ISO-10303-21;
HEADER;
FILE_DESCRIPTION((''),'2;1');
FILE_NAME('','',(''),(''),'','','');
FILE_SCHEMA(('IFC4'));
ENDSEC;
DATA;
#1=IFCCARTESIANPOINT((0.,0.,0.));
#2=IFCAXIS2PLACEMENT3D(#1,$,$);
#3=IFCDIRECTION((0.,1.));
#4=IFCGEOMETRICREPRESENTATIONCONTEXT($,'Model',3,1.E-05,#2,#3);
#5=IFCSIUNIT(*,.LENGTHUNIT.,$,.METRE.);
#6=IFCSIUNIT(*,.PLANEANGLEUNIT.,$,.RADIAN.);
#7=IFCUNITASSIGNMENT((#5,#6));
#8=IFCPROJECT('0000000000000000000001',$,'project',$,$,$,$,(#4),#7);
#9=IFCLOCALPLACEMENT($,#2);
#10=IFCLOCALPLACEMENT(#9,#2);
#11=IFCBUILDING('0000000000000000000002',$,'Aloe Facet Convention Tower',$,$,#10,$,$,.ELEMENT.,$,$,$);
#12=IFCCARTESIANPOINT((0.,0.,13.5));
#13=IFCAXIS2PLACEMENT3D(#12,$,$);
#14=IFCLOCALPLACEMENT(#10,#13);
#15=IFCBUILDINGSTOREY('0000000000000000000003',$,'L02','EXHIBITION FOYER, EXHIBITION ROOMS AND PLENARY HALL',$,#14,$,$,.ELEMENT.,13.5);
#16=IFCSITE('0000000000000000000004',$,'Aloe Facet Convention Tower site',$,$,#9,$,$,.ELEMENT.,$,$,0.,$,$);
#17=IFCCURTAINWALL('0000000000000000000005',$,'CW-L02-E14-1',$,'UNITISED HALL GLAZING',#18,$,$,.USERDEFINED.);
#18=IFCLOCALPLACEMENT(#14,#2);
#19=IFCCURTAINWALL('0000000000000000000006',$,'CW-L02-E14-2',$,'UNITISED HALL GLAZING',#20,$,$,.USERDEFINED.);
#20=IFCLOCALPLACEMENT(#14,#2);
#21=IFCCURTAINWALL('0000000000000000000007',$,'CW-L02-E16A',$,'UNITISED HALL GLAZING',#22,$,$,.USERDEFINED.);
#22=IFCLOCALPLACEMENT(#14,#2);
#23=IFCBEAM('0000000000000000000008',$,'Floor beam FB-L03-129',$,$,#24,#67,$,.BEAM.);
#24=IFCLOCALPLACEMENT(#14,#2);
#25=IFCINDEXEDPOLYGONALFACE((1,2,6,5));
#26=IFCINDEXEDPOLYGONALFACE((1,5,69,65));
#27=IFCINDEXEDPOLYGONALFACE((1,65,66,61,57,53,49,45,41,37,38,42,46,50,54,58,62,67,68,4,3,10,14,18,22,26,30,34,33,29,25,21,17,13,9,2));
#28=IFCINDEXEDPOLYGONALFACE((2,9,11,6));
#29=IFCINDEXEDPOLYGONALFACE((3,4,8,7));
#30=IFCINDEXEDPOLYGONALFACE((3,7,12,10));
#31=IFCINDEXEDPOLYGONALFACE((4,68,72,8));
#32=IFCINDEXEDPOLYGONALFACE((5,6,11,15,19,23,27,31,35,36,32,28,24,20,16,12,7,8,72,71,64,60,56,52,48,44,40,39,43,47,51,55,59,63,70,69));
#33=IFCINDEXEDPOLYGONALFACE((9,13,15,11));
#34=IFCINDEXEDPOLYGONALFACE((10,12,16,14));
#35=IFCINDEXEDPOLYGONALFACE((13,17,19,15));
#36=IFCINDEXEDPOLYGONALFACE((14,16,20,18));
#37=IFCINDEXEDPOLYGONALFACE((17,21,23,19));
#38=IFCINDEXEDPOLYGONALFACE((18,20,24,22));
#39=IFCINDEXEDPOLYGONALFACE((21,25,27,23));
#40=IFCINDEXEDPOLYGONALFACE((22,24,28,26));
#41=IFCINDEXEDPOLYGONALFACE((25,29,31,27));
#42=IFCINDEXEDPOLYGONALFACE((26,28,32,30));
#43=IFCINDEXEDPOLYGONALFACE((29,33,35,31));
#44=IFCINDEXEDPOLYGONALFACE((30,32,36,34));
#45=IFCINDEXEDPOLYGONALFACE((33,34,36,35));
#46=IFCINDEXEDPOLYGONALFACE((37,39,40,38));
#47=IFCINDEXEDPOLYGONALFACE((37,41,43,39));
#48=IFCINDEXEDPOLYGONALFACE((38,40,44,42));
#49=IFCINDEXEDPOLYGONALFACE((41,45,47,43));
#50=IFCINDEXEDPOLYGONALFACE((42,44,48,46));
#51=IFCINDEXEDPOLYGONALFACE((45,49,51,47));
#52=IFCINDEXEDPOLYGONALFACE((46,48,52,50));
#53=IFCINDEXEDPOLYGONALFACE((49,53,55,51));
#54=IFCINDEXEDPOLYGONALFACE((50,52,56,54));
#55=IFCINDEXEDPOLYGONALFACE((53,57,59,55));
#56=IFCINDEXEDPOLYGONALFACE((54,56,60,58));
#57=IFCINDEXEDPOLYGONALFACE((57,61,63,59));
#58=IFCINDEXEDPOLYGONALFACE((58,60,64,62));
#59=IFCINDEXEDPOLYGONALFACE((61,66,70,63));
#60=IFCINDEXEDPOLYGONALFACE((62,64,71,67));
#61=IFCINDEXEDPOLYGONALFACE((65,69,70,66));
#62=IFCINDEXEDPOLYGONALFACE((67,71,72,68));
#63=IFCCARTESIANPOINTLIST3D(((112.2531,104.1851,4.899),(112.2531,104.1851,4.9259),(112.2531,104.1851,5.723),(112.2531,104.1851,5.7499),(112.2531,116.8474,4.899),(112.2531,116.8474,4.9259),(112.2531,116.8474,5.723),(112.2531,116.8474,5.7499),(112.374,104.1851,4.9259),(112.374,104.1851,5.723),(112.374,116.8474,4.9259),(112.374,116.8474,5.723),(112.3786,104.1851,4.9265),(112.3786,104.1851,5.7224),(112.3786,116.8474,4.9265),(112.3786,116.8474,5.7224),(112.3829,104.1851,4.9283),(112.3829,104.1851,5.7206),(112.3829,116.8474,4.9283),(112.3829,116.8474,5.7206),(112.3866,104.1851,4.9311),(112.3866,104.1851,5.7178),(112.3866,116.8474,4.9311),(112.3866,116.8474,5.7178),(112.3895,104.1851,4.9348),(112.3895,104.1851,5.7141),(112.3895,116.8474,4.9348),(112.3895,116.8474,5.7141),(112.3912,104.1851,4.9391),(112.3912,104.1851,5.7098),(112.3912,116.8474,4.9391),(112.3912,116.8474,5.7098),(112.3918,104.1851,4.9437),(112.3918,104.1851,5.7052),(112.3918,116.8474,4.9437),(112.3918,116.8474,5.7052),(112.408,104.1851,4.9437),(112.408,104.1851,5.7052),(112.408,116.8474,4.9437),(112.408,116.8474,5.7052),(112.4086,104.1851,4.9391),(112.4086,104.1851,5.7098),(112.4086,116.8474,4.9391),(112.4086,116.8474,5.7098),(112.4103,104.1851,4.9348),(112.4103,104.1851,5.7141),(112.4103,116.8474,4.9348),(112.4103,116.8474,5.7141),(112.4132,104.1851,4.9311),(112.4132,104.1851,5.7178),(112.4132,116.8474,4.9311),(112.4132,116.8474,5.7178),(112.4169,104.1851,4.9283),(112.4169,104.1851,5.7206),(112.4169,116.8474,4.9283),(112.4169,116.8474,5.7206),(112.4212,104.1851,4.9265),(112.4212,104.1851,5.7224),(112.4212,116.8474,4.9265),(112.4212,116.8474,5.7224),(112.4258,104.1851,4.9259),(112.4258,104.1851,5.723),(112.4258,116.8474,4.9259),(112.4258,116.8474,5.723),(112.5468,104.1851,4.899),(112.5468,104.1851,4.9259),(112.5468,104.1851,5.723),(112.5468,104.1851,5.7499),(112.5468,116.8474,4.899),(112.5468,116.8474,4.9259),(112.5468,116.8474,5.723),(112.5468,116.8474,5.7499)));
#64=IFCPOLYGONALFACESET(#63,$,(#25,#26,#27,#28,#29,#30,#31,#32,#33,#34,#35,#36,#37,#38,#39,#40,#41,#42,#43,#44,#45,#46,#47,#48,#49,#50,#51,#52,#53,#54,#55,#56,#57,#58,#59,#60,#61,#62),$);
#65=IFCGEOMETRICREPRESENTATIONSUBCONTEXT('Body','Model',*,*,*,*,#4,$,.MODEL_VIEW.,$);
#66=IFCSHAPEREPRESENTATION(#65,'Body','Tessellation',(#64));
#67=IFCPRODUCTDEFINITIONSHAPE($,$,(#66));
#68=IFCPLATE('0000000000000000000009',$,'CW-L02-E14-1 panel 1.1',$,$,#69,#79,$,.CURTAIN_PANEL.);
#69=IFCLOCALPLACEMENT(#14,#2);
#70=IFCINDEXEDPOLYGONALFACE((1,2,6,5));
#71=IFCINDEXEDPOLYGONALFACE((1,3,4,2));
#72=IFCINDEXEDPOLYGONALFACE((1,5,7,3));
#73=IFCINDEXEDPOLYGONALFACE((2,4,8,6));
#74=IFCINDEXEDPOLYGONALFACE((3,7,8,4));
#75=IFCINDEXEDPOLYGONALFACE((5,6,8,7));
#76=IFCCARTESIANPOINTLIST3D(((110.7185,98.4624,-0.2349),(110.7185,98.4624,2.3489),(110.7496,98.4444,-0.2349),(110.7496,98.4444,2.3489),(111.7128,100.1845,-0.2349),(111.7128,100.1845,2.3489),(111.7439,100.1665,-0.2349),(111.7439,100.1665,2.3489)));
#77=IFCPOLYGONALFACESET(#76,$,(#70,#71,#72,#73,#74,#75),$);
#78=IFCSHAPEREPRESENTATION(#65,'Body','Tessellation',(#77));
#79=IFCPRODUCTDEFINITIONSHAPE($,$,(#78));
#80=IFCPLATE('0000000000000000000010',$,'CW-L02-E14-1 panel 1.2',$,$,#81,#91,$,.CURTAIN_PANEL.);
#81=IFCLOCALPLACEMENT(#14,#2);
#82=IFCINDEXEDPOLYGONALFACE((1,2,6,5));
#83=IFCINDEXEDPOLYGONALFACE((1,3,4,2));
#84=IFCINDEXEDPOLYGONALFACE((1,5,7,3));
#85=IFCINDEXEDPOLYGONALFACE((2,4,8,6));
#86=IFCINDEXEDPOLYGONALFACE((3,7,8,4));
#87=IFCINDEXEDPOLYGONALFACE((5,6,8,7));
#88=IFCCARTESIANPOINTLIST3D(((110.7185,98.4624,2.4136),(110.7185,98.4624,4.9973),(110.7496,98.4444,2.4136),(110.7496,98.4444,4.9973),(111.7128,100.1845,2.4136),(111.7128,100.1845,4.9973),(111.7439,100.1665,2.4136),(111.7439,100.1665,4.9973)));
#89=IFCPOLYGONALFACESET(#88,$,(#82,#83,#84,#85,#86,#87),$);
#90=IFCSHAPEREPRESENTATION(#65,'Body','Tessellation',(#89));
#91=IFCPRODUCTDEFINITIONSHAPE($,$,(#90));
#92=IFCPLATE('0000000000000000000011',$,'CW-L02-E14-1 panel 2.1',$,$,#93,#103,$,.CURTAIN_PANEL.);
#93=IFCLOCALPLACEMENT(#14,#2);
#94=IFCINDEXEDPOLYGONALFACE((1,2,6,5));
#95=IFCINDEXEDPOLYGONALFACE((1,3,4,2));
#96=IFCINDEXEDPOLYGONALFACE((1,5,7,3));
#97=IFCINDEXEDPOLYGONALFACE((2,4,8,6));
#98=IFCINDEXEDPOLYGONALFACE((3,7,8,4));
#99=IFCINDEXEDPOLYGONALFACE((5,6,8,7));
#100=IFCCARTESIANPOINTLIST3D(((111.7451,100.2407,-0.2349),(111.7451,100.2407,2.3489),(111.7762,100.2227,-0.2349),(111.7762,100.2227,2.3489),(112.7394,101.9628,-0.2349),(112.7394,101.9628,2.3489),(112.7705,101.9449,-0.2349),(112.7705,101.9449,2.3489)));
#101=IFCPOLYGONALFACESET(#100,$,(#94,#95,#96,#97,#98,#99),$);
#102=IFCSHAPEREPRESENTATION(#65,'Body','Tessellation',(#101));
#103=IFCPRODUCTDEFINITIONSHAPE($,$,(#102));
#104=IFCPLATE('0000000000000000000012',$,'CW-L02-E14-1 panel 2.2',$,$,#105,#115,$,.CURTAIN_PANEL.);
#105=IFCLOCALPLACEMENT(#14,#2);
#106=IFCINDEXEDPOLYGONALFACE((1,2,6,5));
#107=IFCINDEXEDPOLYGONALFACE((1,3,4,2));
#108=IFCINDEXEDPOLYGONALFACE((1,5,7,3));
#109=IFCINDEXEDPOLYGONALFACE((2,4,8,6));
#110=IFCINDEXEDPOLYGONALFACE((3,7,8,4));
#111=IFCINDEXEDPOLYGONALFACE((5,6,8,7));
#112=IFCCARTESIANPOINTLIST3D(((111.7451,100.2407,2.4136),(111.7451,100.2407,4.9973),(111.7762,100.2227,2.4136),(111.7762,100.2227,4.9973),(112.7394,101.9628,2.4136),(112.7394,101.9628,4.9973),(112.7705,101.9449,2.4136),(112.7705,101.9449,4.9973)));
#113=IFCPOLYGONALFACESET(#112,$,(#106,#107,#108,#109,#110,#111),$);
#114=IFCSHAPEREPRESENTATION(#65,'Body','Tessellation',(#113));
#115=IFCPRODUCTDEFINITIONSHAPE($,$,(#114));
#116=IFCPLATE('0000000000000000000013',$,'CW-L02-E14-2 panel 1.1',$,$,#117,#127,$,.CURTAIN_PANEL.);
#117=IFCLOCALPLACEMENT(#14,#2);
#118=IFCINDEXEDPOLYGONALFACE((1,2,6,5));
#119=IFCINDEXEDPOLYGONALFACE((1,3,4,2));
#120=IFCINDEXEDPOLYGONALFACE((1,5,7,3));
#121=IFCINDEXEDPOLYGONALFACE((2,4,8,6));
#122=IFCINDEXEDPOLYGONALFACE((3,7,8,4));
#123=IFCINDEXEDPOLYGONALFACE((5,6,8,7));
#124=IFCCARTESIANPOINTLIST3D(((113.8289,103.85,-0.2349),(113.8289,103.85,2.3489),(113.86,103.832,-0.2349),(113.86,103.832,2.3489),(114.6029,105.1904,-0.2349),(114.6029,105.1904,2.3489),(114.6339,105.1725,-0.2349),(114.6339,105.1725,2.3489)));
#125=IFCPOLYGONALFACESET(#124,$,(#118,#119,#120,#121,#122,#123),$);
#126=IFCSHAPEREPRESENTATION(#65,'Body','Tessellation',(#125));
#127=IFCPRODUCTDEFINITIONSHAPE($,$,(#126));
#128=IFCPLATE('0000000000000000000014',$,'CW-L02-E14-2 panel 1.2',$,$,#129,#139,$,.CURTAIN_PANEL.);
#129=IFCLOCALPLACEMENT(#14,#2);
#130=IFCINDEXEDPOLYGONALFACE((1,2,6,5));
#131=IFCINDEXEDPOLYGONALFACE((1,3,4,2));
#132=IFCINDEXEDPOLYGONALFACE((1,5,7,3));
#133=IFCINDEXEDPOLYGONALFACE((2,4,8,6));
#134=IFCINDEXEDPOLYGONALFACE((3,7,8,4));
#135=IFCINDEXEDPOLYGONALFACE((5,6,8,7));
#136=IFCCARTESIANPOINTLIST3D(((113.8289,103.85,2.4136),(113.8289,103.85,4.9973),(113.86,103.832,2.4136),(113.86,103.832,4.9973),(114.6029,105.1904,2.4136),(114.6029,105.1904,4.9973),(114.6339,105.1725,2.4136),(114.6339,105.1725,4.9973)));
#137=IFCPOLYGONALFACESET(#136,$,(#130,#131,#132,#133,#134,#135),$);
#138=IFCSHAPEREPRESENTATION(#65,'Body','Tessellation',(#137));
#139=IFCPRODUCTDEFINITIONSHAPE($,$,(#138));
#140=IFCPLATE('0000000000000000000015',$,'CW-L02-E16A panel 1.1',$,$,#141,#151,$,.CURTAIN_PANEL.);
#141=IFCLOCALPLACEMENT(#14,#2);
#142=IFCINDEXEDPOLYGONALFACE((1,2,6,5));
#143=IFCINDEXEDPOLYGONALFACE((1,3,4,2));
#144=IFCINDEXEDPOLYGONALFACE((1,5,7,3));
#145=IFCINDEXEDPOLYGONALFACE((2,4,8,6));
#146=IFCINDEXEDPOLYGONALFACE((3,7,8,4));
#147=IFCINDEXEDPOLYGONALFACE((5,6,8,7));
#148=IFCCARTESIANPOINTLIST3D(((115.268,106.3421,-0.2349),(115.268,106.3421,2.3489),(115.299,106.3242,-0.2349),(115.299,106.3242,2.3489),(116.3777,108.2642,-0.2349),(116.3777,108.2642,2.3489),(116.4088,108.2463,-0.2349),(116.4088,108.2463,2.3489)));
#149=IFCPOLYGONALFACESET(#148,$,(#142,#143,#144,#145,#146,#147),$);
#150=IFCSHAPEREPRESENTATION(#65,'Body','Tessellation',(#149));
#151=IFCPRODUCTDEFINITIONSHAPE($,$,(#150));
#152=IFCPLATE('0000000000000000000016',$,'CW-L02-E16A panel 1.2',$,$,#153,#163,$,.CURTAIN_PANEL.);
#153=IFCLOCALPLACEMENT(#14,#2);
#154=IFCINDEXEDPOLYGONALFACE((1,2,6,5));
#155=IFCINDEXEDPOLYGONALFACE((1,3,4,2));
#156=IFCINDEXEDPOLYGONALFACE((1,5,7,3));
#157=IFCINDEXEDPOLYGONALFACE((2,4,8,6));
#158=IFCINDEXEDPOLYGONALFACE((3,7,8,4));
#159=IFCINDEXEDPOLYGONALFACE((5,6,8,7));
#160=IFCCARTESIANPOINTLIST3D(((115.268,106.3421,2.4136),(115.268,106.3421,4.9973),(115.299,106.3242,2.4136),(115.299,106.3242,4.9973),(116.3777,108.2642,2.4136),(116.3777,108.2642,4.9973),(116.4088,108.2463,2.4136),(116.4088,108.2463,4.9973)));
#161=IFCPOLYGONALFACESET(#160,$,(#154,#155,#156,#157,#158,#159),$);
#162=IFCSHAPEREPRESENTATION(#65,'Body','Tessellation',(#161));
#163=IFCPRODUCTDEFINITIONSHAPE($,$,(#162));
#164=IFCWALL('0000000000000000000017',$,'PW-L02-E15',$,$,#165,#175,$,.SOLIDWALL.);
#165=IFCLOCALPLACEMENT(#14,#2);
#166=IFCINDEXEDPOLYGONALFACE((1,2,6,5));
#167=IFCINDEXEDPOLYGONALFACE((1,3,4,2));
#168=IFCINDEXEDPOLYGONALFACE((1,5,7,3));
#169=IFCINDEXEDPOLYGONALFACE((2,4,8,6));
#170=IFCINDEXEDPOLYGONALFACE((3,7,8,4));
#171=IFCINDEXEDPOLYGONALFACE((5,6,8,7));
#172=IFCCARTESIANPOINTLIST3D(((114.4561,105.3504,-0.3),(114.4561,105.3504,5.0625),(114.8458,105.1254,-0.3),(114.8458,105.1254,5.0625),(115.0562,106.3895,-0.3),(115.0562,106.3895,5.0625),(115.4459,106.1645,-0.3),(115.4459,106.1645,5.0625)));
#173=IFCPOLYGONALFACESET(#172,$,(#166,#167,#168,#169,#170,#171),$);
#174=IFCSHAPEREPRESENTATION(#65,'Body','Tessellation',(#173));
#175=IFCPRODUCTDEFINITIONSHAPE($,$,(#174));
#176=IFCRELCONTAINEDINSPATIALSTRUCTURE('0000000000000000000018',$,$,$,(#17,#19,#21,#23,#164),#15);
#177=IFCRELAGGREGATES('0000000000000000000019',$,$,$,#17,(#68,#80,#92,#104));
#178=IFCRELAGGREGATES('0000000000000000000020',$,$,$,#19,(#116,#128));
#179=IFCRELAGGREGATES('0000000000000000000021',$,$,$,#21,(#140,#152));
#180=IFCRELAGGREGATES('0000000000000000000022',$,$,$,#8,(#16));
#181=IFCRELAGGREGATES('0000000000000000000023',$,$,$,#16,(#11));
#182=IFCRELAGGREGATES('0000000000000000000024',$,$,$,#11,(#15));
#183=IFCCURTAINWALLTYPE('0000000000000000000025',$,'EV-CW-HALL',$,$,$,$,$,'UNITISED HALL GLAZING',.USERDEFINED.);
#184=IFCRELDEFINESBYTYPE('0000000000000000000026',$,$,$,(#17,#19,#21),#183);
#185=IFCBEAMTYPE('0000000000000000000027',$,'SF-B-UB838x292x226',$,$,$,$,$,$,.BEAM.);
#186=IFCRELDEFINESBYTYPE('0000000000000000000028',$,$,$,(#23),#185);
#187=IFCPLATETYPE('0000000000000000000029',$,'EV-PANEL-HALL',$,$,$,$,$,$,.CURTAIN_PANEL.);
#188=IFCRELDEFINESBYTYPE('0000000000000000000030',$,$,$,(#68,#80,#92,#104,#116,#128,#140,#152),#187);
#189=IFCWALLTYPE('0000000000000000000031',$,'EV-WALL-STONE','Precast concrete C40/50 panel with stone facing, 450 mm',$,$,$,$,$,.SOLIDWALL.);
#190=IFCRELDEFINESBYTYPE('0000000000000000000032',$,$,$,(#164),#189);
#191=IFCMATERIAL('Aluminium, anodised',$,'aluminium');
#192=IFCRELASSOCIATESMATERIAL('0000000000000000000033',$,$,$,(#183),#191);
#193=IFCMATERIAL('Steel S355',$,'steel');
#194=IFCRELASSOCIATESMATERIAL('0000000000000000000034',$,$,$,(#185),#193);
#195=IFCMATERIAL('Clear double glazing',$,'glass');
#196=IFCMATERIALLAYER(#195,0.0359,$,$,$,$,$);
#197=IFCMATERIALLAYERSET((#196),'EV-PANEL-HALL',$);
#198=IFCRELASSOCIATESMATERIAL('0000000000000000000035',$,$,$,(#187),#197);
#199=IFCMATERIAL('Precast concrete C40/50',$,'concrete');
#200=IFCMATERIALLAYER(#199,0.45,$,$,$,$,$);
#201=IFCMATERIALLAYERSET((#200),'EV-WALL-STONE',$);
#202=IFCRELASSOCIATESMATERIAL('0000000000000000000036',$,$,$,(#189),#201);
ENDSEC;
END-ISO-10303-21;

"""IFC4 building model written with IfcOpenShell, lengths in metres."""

from ifc_helpers import new_model, si_unit, direction, frame, frame_2d, origin, origin_2d, place, context, subcontext, project, spatial, rectangle, i_section, extrude, material, layer, layer_set, material_profile, profile_set, type_object, element, aggregate, save


model = new_model("IFC4")

# Units and contexts
model_context = context("Model", 3, precision=1e-05, world=origin(), true_north=direction((0.0, 1.0)))
body_context = subcontext(model_context, "Body", "Model", "MODEL_VIEW")
ifc_project = project(units=[si_unit("LENGTHUNIT", "METRE"), si_unit("PLANEANGLEUNIT", "RADIAN")], contexts=[model_context])

# Site, building, storey
site_placement = place(None, origin())
site = spatial("IfcSite", under=ifc_project, at=site_placement, Name="Aloe Facet Convention Tower site", CompositionType="ELEMENT", RefElevation=0.0)
building_placement = place(site_placement, origin())
building = spatial("IfcBuilding", under=site, at=building_placement, Name="Aloe Facet Convention Tower", CompositionType="ELEMENT")
storey_placement = place(building_placement, frame((0.0, 0.0, 13.5)))
storey = spatial("IfcBuildingStorey", under=building, at=storey_placement, Name="L02", Description="EXHIBITION FOYER, EXHIBITION ROOMS AND PLENARY HALL", CompositionType="ELEMENT", Elevation=13.5)

# Curtain walls
ifc_material_1 = material(Name="Aluminium, anodised", Category="aluminium")
curtain_wall_type = type_object("IfcCurtainWallType", Name="EV-CW-HALL", ElementType="UNITISED HALL GLAZING", PredefinedType="USERDEFINED", material=ifc_material_1)
curtain_wall_1_placement = place(storey_placement, origin())
curtain_wall_1 = element("IfcCurtainWall", 1, at=curtain_wall_1_placement, inside=storey, type_object=curtain_wall_type, Name="CW-L02-E14-1", ObjectType="UNITISED HALL GLAZING", PredefinedType="USERDEFINED")
curtain_wall_2_placement = place(storey_placement, origin())
curtain_wall_2 = element("IfcCurtainWall", 2, at=curtain_wall_2_placement, inside=storey, type_object=curtain_wall_type, Name="CW-L02-E14-2", ObjectType="UNITISED HALL GLAZING", PredefinedType="USERDEFINED")

# Curtain wall
curtain_wall_3_placement = place(storey_placement, origin())
curtain_wall_3 = element("IfcCurtainWall", 3, at=curtain_wall_3_placement, inside=storey, type_object=curtain_wall_type, Name="CW-L02-E16A", ObjectType="UNITISED HALL GLAZING", PredefinedType="USERDEFINED")

# Beam
ifc_material_2 = material(Name="Steel S355", Category="steel")
ifc_material_profile_1 = material_profile(ifc_material_2, i_section(OverallWidth=0.2937, OverallDepth=0.8508, WebThickness=0.0161, FlangeThickness=0.0269, FilletRadius=0.0178, at=origin_2d()), Name="UB 838x292x226")
ifc_profile_set_1 = profile_set([ifc_material_profile_1], Name="Steel S355")
beam_type_1 = type_object("IfcBeamType", Name="SF-B-UB838x292x226", PredefinedType="BEAM", material=ifc_profile_set_1)
beam_1_placement = place(storey_placement, frame((112.3999, 104.1851, 5.3245), z_axis=(0.0, 1.0, 0.0), x_axis=(-1.0, 0.0, 0.0)))
element("IfcBeam", 4, at=beam_1_placement, inside=storey, type_object=beam_type_1, Name="Floor beam FB-L03-129", PredefinedType="BEAM", context=body_context, shape_type="SweptSolid", body=[
    extrude(i_section(OverallWidth=0.2937, OverallDepth=0.8508, WebThickness=0.0161, FlangeThickness=0.0269, FilletRadius=0.0178, at=origin_2d()), origin(), (0.0, 0.0, 1.0), 12.6624),
])

# Plates
ifc_material_3 = material(Name="Clear double glazing", Category="glass")
ifc_layer_1 = layer(ifc_material_3, 0.0359)
ifc_layer_set_1 = layer_set([ifc_layer_1], Name="EV-PANEL-HALL")
plate_type = type_object("IfcPlateType", Name="EV-PANEL-HALL", PredefinedType="CURTAIN_PANEL", material=ifc_layer_set_1)
plate_1_placement = place(storey_placement, frame((111.2312, 99.3145, -0.2349), z_axis=(0.0, 0.0, 1.0), x_axis=(0.5, 0.866025, 0.0)))
plate_1 = element("IfcPlate", 5, at=plate_1_placement, type_object=plate_type, Name="CW-L02-E14-1 panel 1.1", PredefinedType="CURTAIN_PANEL", context=body_context, shape_type="SweptSolid", body=[
    extrude(rectangle(XDim=1.9885, YDim=0.0359, at=origin_2d()), origin(), (0.0, 0.0, 1.0), 2.5837),
])
plate_2_placement = place(storey_placement, frame((111.2312, 99.3145, 2.4136), z_axis=(0.0, 0.0, 1.0), x_axis=(0.5, 0.866025, 0.0)))
plate_2 = element("IfcPlate", 6, at=plate_2_placement, type_object=plate_type, Name="CW-L02-E14-1 panel 1.2", PredefinedType="CURTAIN_PANEL", context=body_context, shape_type="SweptSolid", body=[
    extrude(rectangle(XDim=1.9885, YDim=0.0359, at=origin_2d()), origin(), (0.0, 0.0, 1.0), 2.5837),
])
plate_3_placement = place(storey_placement, frame((112.2578, 101.0928, -0.2349), z_axis=(0.0, 0.0, 1.0), x_axis=(0.5, 0.866025, 0.0)))
plate_3 = element("IfcPlate", 7, at=plate_3_placement, type_object=plate_type, Name="CW-L02-E14-1 panel 2.1", PredefinedType="CURTAIN_PANEL", context=body_context, shape_type="SweptSolid", body=[
    extrude(rectangle(XDim=1.9885, YDim=0.0359, at=origin_2d()), origin(), (0.0, 0.0, 1.0), 2.5837),
])
plate_4_placement = place(storey_placement, frame((112.2578, 101.0928, 2.4136), z_axis=(0.0, 0.0, 1.0), x_axis=(0.5, 0.866025, 0.0)))
plate_4 = element("IfcPlate", 8, at=plate_4_placement, type_object=plate_type, Name="CW-L02-E14-1 panel 2.2", PredefinedType="CURTAIN_PANEL", context=body_context, shape_type="SweptSolid", body=[
    extrude(rectangle(XDim=1.9885, YDim=0.0359, at=origin_2d()), origin(), (0.0, 0.0, 1.0), 2.5837),
])
aggregate(curtain_wall_1, [plate_1, plate_2, plate_3, plate_4])
plate_5_placement = place(storey_placement, frame((114.2314, 104.5112, -0.2349), z_axis=(0.0, 0.0, 1.0), x_axis=(0.5, 0.866025, 0.0)))
plate_5 = element("IfcPlate", 9, at=plate_5_placement, type_object=plate_type, Name="CW-L02-E14-2 panel 1.1", PredefinedType="CURTAIN_PANEL", context=body_context, shape_type="SweptSolid", body=[
    extrude(rectangle(XDim=1.5479, YDim=0.0359, at=origin_2d()), origin(), (0.0, 0.0, 1.0), 2.5837),
])
plate_6_placement = place(storey_placement, frame((114.2314, 104.5112, 2.4136), z_axis=(0.0, 0.0, 1.0), x_axis=(0.5, 0.866025, 0.0)))
plate_6 = element("IfcPlate", 10, at=plate_6_placement, type_object=plate_type, Name="CW-L02-E14-2 panel 1.2", PredefinedType="CURTAIN_PANEL", context=body_context, shape_type="SweptSolid", body=[
    extrude(rectangle(XDim=1.5479, YDim=0.0359, at=origin_2d()), origin(), (0.0, 0.0, 1.0), 2.5837),
])
aggregate(curtain_wall_2, [plate_5, plate_6])
plate_7_placement = place(storey_placement, frame((115.8384, 107.2942, -0.2349), z_axis=(0.0, 0.0, 1.0), x_axis=(0.5, 0.866025, 0.0)))
plate_7 = element("IfcPlate", 11, at=plate_7_placement, type_object=plate_type, Name="CW-L02-E16A panel 1.1", PredefinedType="CURTAIN_PANEL", context=body_context, shape_type="SweptSolid", body=[
    extrude(rectangle(XDim=2.2195, YDim=0.0359, at=origin_2d()), origin(), (0.0, 0.0, 1.0), 2.5837),
])
plate_8_placement = place(storey_placement, frame((115.8384, 107.2942, 2.4136), z_axis=(0.0, 0.0, 1.0), x_axis=(0.5, 0.866025, 0.0)))
plate_8 = element("IfcPlate", 12, at=plate_8_placement, type_object=plate_type, Name="CW-L02-E16A panel 1.2", PredefinedType="CURTAIN_PANEL", context=body_context, shape_type="SweptSolid", body=[
    extrude(rectangle(XDim=2.2195, YDim=0.0359, at=origin_2d()), origin(), (0.0, 0.0, 1.0), 2.5837),
])
aggregate(curtain_wall_3, [plate_7, plate_8])

# Wall
ifc_material_4 = material(Name="Precast concrete C40/50", Category="concrete")
ifc_layer_2 = layer(ifc_material_4, 0.45)
ifc_layer_set_2 = layer_set([ifc_layer_2], Name="EV-WALL-STONE")
wall_type = type_object("IfcWallType", Name="EV-WALL-STONE", Description="Precast concrete C40/50 panel with stone facing, 450 mm", PredefinedType="SOLIDWALL", material=ifc_layer_set_2)
wall_placement = place(storey_placement, frame((114.6509, 105.2378, -0.3), z_axis=(0.0, 0.0, 1.0), x_axis=(0.500122, 0.865955, 0.0)))
element("IfcWall", 13, at=wall_placement, inside=storey, type_object=wall_type, Name="PW-L02-E15", PredefinedType="SOLIDWALL", context=body_context, shape_type="SweptSolid", body=[
    extrude(rectangle(XDim=1.2, YDim=0.45, at=frame_2d((0.6001, 0.0))), origin(), (0.0, 0.0, 1.0), 5.3625),
])

save(model, "model.ifc")
